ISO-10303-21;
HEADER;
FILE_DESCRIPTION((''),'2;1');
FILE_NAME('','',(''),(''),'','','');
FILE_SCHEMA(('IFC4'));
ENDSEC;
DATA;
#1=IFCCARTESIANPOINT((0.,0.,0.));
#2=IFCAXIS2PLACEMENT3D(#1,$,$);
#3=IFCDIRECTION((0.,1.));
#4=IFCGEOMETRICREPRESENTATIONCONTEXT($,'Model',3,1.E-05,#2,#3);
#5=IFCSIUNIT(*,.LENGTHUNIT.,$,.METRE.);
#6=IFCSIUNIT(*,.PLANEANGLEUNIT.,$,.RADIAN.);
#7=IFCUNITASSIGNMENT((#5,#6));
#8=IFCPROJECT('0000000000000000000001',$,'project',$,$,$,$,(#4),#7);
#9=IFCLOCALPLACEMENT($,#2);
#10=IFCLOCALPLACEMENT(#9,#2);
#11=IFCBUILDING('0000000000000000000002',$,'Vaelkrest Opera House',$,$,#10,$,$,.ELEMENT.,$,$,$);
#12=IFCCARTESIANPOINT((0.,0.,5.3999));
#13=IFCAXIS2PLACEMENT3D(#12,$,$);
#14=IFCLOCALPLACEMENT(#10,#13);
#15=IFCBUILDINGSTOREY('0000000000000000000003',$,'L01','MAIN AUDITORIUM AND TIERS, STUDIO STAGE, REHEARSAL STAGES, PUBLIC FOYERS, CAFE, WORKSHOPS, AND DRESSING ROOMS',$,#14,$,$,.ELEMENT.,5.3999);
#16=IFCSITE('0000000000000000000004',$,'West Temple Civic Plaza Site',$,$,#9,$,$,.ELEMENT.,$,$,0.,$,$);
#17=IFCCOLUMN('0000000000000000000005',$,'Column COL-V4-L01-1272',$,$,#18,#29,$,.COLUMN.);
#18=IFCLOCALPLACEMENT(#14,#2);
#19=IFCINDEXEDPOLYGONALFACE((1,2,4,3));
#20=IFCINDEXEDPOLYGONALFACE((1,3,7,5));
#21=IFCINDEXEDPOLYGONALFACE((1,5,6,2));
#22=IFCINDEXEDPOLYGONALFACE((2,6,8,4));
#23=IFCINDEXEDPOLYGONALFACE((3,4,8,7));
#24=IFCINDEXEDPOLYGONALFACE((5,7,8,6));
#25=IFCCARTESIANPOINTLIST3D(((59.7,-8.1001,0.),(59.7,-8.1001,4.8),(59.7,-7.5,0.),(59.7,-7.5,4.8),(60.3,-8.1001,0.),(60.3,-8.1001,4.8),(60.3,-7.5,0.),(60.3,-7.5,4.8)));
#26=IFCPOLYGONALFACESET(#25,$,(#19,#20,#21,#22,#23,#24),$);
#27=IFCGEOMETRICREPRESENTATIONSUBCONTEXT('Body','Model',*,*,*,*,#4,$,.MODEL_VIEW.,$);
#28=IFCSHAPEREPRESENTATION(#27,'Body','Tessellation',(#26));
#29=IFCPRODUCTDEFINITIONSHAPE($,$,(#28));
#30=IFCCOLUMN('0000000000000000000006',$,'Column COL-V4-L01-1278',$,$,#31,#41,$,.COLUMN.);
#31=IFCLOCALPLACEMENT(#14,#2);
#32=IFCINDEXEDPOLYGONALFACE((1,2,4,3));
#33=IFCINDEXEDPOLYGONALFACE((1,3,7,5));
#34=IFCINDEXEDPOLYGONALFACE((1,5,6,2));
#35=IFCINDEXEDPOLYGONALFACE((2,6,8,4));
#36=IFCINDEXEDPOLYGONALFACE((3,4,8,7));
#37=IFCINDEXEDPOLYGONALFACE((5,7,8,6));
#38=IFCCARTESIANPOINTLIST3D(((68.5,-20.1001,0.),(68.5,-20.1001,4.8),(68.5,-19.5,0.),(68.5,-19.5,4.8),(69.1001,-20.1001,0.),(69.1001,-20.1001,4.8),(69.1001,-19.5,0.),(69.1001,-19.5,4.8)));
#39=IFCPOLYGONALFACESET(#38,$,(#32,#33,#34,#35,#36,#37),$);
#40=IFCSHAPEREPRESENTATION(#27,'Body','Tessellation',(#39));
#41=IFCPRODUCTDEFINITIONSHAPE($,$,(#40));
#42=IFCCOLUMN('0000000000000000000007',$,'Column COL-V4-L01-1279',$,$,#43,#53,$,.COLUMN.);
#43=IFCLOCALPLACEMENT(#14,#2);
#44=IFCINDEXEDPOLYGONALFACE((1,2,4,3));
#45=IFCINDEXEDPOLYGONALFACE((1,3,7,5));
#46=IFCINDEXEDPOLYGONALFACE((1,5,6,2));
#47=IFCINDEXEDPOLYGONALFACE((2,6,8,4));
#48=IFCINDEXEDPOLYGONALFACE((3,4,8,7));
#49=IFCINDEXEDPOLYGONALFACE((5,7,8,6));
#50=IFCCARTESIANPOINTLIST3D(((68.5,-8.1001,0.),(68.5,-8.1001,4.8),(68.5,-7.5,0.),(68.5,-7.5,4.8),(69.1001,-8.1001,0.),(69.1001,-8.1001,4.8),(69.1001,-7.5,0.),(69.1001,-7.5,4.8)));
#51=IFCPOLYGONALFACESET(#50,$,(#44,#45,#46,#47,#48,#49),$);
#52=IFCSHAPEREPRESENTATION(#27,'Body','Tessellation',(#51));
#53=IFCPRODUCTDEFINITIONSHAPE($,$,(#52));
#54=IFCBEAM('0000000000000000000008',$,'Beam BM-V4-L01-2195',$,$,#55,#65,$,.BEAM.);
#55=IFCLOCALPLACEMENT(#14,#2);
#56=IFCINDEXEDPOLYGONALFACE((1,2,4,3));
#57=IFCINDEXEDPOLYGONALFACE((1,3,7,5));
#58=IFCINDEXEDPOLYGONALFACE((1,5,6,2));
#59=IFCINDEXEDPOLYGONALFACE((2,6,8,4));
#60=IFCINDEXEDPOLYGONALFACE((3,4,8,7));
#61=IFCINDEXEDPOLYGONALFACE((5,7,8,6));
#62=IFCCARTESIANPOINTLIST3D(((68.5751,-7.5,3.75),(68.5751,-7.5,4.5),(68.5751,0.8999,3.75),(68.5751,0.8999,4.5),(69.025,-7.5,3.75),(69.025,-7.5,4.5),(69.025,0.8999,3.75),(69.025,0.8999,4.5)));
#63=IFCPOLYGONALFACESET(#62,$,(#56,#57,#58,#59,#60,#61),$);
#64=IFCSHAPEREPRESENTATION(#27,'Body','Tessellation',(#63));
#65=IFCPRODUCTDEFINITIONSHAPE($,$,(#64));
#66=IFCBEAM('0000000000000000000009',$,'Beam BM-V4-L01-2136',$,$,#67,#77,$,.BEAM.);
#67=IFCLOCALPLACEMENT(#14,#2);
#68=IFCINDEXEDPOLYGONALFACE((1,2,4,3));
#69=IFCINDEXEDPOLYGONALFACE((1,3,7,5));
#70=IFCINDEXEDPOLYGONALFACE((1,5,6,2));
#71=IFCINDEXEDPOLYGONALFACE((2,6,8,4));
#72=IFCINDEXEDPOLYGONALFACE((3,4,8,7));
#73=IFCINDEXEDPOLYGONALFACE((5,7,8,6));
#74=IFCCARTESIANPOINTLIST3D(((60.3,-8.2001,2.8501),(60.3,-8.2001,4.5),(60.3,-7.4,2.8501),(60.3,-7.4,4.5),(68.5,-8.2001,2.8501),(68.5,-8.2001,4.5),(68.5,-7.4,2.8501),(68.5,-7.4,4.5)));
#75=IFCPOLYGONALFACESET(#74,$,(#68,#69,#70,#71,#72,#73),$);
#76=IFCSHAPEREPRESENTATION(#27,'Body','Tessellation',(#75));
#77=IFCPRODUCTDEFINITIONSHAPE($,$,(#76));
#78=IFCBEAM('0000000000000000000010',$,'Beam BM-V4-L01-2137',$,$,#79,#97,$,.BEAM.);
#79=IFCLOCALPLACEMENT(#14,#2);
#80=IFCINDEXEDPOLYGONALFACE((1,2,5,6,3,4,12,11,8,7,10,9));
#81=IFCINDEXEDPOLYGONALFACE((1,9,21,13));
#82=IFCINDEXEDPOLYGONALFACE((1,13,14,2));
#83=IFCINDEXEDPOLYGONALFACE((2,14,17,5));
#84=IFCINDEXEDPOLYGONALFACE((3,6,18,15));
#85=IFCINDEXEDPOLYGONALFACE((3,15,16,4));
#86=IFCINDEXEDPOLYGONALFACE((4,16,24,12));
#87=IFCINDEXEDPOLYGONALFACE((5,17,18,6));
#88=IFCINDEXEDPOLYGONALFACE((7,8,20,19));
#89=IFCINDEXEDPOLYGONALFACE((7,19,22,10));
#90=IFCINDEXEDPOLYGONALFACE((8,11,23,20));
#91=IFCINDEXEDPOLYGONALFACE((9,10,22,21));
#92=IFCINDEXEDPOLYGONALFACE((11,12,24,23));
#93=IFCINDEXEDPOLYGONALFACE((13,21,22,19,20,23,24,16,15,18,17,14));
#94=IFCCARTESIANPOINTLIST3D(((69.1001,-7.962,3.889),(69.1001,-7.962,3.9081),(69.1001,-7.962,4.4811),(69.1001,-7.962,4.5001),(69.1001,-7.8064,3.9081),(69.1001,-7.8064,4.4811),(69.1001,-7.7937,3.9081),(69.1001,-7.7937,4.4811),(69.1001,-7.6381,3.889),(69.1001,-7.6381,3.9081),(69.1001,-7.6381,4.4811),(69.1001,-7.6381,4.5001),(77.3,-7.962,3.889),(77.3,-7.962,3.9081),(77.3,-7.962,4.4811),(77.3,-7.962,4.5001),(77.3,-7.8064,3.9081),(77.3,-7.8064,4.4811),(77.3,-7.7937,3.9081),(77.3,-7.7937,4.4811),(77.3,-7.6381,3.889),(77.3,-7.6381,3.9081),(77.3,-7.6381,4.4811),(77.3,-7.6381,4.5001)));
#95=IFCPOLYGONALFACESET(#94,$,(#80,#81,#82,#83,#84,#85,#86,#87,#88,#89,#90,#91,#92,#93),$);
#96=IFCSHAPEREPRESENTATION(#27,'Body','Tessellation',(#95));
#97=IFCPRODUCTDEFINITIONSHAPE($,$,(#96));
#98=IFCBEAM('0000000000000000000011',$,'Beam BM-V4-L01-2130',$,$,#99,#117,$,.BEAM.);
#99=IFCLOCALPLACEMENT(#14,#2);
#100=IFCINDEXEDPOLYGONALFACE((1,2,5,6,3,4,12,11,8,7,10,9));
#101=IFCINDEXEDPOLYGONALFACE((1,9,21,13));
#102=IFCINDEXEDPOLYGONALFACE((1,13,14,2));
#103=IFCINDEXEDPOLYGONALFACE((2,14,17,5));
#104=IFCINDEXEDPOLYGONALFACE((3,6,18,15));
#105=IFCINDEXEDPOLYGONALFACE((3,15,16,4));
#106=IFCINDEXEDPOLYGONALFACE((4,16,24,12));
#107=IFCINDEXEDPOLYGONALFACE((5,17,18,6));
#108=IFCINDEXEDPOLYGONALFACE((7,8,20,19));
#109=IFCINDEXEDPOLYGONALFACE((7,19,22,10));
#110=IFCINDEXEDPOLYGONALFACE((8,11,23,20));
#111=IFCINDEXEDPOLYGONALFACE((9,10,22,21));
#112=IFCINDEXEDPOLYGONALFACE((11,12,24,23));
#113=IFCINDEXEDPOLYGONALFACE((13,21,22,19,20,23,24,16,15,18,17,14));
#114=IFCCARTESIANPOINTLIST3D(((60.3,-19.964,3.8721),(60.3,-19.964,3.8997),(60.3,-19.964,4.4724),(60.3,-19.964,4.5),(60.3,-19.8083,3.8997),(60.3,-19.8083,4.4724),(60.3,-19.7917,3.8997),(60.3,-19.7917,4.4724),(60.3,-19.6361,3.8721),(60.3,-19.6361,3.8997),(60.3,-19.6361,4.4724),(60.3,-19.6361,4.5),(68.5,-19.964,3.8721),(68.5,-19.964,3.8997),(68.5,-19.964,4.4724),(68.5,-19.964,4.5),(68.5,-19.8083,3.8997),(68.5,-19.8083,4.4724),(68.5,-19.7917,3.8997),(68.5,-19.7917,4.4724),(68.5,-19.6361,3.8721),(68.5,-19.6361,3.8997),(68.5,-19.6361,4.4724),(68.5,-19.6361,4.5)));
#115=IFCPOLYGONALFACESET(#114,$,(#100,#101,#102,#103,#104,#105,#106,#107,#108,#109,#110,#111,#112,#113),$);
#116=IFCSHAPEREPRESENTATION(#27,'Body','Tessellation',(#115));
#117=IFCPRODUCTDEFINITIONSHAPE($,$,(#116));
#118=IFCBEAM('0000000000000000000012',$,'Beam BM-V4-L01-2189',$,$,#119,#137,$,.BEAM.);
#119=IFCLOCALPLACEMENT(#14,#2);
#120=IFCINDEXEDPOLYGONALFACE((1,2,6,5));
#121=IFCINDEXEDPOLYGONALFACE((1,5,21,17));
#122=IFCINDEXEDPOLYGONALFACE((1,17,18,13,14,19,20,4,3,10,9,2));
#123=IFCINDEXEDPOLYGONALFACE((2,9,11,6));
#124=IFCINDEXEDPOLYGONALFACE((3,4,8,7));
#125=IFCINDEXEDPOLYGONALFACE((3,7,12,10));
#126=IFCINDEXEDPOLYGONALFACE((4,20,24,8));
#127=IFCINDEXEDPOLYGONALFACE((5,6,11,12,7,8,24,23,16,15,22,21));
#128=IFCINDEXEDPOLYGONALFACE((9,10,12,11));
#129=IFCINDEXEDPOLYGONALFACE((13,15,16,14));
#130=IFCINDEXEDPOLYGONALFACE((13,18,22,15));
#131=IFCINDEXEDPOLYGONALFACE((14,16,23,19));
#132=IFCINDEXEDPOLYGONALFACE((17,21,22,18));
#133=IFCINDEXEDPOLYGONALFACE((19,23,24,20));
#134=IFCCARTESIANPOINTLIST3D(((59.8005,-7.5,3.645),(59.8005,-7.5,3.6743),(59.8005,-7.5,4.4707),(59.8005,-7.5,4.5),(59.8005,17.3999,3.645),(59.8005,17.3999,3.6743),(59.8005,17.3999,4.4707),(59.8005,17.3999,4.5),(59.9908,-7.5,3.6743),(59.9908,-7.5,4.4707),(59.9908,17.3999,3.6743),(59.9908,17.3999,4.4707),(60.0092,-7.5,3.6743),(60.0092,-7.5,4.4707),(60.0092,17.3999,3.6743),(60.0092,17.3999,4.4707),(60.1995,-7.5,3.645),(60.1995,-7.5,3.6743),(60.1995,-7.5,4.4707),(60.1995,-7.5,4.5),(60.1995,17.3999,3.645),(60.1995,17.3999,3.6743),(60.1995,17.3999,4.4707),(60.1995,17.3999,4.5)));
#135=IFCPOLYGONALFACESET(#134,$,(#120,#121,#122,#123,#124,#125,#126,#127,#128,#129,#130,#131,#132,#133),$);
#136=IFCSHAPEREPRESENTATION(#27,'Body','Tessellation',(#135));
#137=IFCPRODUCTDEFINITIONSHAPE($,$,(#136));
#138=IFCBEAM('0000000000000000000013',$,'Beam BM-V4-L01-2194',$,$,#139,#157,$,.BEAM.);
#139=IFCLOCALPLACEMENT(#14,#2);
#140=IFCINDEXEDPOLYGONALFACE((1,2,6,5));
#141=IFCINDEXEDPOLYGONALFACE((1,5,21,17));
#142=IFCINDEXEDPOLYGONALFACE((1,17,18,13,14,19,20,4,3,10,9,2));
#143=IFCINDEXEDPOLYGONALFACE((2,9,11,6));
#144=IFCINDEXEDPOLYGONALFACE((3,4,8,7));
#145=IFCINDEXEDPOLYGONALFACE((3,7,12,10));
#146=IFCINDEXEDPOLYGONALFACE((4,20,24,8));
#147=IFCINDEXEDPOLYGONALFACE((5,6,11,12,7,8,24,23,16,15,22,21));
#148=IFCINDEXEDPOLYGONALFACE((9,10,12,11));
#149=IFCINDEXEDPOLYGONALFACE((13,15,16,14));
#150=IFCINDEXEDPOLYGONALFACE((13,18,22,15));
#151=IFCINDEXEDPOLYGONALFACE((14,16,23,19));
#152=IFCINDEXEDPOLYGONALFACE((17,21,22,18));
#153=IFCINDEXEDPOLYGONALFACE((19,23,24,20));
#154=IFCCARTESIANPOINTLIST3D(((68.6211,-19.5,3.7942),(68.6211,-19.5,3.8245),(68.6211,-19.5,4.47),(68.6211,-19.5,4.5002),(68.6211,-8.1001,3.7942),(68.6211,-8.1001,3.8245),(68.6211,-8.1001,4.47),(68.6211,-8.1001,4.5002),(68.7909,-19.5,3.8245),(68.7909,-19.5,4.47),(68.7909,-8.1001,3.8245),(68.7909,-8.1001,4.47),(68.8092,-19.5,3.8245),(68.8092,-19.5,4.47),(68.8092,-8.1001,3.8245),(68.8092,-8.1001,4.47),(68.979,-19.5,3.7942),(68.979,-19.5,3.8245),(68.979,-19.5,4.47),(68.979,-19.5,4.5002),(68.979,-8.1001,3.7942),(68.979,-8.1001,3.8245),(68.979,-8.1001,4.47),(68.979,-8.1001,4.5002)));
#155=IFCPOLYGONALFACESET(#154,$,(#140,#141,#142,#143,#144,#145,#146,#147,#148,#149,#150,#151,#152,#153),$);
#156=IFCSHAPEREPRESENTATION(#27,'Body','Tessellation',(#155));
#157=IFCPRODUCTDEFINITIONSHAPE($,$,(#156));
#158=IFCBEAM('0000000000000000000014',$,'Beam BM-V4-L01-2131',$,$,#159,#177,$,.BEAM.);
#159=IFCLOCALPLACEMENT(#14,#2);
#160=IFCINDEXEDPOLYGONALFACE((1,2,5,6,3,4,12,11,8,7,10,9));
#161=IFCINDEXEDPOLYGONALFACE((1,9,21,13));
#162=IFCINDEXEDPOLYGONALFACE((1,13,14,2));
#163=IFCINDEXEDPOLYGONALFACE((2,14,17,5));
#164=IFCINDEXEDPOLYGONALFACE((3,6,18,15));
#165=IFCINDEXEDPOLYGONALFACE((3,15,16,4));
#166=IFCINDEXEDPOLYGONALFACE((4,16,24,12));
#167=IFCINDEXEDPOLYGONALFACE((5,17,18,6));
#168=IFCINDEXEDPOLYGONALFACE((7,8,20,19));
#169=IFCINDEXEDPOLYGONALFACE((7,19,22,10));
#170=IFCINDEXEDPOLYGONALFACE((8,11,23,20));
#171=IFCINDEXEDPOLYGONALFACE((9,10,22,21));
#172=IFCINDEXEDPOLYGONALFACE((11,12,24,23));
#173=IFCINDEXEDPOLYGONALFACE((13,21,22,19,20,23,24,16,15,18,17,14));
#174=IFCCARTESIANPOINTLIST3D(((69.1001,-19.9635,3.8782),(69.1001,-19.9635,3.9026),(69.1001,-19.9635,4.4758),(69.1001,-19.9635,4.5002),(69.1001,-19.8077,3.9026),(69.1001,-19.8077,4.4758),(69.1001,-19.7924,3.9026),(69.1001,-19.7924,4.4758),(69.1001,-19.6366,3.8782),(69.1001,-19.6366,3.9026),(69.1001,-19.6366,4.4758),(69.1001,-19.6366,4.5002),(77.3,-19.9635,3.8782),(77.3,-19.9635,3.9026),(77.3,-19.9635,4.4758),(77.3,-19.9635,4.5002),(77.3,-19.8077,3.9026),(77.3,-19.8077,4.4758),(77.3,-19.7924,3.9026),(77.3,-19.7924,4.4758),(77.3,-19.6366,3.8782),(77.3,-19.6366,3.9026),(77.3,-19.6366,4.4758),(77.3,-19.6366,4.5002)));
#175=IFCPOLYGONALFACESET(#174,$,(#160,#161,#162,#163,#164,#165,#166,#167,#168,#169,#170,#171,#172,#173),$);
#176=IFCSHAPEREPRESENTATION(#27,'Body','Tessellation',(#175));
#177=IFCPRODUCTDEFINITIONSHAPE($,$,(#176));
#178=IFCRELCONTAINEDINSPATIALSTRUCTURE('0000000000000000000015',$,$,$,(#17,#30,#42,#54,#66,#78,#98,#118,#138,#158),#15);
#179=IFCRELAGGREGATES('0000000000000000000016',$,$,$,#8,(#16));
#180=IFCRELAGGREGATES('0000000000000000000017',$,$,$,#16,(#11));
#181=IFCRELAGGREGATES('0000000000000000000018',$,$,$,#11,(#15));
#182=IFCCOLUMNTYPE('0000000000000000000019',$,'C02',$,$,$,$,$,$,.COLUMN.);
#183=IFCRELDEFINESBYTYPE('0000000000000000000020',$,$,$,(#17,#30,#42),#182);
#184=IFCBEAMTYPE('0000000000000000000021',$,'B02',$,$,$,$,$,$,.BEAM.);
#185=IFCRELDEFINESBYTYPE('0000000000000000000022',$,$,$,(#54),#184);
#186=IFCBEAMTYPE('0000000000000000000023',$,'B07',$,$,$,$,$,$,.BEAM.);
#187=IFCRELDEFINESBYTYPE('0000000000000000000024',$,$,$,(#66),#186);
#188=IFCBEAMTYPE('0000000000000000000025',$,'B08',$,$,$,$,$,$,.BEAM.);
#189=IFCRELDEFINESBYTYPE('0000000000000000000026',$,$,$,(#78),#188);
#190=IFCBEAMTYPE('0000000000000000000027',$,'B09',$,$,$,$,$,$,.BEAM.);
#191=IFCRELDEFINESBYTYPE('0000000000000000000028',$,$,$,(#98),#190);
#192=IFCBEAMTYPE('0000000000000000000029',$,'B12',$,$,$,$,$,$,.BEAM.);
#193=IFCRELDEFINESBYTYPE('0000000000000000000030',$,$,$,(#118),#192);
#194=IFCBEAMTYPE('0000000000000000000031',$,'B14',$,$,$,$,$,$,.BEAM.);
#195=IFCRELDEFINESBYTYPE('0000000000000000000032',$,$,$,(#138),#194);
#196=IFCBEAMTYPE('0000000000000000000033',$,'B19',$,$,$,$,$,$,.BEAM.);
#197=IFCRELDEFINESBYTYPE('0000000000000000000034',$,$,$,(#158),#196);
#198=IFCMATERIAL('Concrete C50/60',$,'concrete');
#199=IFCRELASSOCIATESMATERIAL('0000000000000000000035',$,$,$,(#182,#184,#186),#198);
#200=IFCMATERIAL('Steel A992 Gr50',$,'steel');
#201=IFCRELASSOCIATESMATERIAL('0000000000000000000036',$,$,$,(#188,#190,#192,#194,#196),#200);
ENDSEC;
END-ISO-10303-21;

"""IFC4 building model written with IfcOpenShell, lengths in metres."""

from ifc_helpers import new_model, si_unit, direction, frame, origin, origin_2d, place, context, subcontext, project, spatial, rectangle, i_section, extrude, material, material_profile, profile_set, type_object, element, save


model = new_model("IFC4")

# Units and contexts
model_context = context("Model", 3, precision=1e-05, world=origin(), true_north=direction((0.0, 1.0)))
body_context = subcontext(model_context, "Body", "Model", "MODEL_VIEW")
ifc_project = project(units=[si_unit("LENGTHUNIT", "METRE"), si_unit("PLANEANGLEUNIT", "RADIAN")], contexts=[model_context])

# Site, building, storey
site_placement = place(None, origin())
site = spatial("IfcSite", under=ifc_project, at=site_placement, Name="West Temple Civic Plaza Site", CompositionType="ELEMENT", RefElevation=0.0)
building_placement = place(site_placement, origin())
building = spatial("IfcBuilding", under=site, at=building_placement, Name="Vaelkrest Opera House", CompositionType="ELEMENT")
storey_placement = place(building_placement, frame((0.0, 0.0, 5.3999)))
storey = spatial("IfcBuildingStorey", under=building, at=storey_placement, Name="L01", Description="MAIN AUDITORIUM AND TIERS, STUDIO STAGE, REHEARSAL STAGES, PUBLIC FOYERS, CAFE, WORKSHOPS, AND DRESSING ROOMS", CompositionType="ELEMENT", Elevation=5.3999)

# Columns
ifc_material_1 = material(Name="Concrete C50/60", Category="concrete")
ifc_material_profile_1 = material_profile(ifc_material_1, rectangle(XDim=0.6001, YDim=0.6001, at=origin_2d()), Name="RC600X600")
ifc_profile_set_1 = profile_set([ifc_material_profile_1], Name="Concrete C50/60")
column_type = type_object("IfcColumnType", Name="C02", PredefinedType="COLUMN", material=ifc_profile_set_1)
for number, where, z_axis, x_axis, name in (
    (1, (60.0, -7.8, 0.0), (0.0, 0.0, 1.0), (1.0, 0.0, 0.0), "Column COL-V4-L01-1272"),
    (2, (68.8, -19.8, 0.0), (0.0, 0.0, 1.0), (1.0, 0.0, 0.0), "Column COL-V4-L01-1278"),
    (3, (68.8, -7.8, 0.0), (0.0, 0.0, 1.0), (1.0, 0.0, 0.0), "Column COL-V4-L01-1279"),
):
    element("IfcColumn", number, at=place(storey_placement, frame(where, z_axis=z_axis, x_axis=x_axis)), inside=storey, type_object=column_type, Name=name, PredefinedType="COLUMN", context=body_context, shape_type="SweptSolid", body=[
        extrude(rectangle(XDim=0.6001, YDim=0.6001, at=origin_2d()), origin(), (0.0, 0.0, 1.0), 4.8),
    ])

# Beams
ifc_material_profile_2 = material_profile(ifc_material_1, rectangle(XDim=0.45, YDim=0.75, at=origin_2d()), Name="RCB450X750")
ifc_profile_set_2 = profile_set([ifc_material_profile_2], Name="Concrete C50/60")
beam_type_1 = type_object("IfcBeamType", Name="B02", PredefinedType="BEAM", material=ifc_profile_set_2)
beam_1_placement = place(storey_placement, frame((68.8, -7.5, 4.125), z_axis=(0.0, 1.0, 0.0), x_axis=(-1.0, 0.0, 0.0)))
element("IfcBeam", 4, at=beam_1_placement, inside=storey, type_object=beam_type_1, Name="Beam BM-V4-L01-2195", PredefinedType="BEAM", context=body_context, shape_type="SweptSolid", body=[
    extrude(rectangle(XDim=0.45, YDim=0.75, at=origin_2d()), origin(), (0.0, 0.0, 1.0), 8.3999),
])
ifc_material_profile_3 = material_profile(ifc_material_1, rectangle(XDim=0.8, YDim=1.6499, at=origin_2d()), Name="RCB800X1650")
ifc_profile_set_3 = profile_set([ifc_material_profile_3], Name="Concrete C50/60")
beam_type_2 = type_object("IfcBeamType", Name="B07", PredefinedType="BEAM", material=ifc_profile_set_3)
beam_2_placement = place(storey_placement, frame((60.3, -7.8, 3.675), z_axis=(1.0, 0.0, 0.0), x_axis=(0.0, 1.0, 0.0)))
element("IfcBeam", 5, at=beam_2_placement, inside=storey, type_object=beam_type_2, Name="Beam BM-V4-L01-2136", PredefinedType="BEAM", context=body_context, shape_type="SweptSolid", body=[
    extrude(rectangle(XDim=0.8, YDim=1.6499, at=origin_2d()), origin(), (0.0, 0.0, 1.0), 8.2),
])
ifc_material_2 = material(Name="Steel A992 Gr50", Category="steel")
ifc_material_profile_4 = material_profile(ifc_material_2, i_section(OverallWidth=0.324, OverallDepth=0.6111, WebThickness=0.0127, FlangeThickness=0.019, at=origin_2d()), Name="W24X104")
ifc_profile_set_4 = profile_set([ifc_material_profile_4], Name="Steel A992 Gr50")
beam_type_3 = type_object("IfcBeamType", Name="B08", PredefinedType="BEAM", material=ifc_profile_set_4)
beam_3_placement = place(storey_placement, frame((69.1001, -7.8, 4.1946), z_axis=(1.0, 0.0, 0.0), x_axis=(0.0, 1.0, 0.0)))
element("IfcBeam", 6, at=beam_3_placement, inside=storey, type_object=beam_type_3, Name="Beam BM-V4-L01-2137", PredefinedType="BEAM", context=body_context, shape_type="SweptSolid", body=[
    extrude(i_section(OverallWidth=0.324, OverallDepth=0.6111, WebThickness=0.0127, FlangeThickness=0.019, at=origin_2d()), origin(), (0.0, 0.0, 1.0), 8.2),
])
ifc_material_profile_5 = material_profile(ifc_material_2, i_section(OverallWidth=0.3279, OverallDepth=0.6279, WebThickness=0.0166, FlangeThickness=0.0276, at=origin_2d()), Name="W24X146")
ifc_profile_set_5 = profile_set([ifc_material_profile_5], Name="Steel A992 Gr50")
beam_type_4 = type_object("IfcBeamType", Name="B09", PredefinedType="BEAM", material=ifc_profile_set_5)
beam_4_placement = place(storey_placement, frame((60.3, -19.8, 4.186), z_axis=(1.0, 0.0, 0.0), x_axis=(0.0, 1.0, 0.0)))
element("IfcBeam", 7, at=beam_4_placement, inside=storey, type_object=beam_type_4, Name="Beam BM-V4-L01-2130", PredefinedType="BEAM", context=body_context, shape_type="SweptSolid", body=[
    extrude(i_section(OverallWidth=0.3279, OverallDepth=0.6279, WebThickness=0.0166, FlangeThickness=0.0276, at=origin_2d()), origin(), (0.0, 0.0, 1.0), 8.2),
])
ifc_material_profile_6 = material_profile(ifc_material_2, i_section(OverallWidth=0.3989, OverallDepth=0.855, WebThickness=0.0183, FlangeThickness=0.0293, at=origin_2d()), Name="W33X201")
ifc_profile_set_6 = profile_set([ifc_material_profile_6], Name="Steel A992 Gr50")
beam_type_5 = type_object("IfcBeamType", Name="B12", PredefinedType="BEAM", material=ifc_profile_set_6)
beam_5_placement = place(storey_placement, frame((60.0, -7.5, 4.0725), z_axis=(0.0, 1.0, 0.0), x_axis=(-1.0, 0.0, 0.0)))
element("IfcBeam", 8, at=beam_5_placement, inside=storey, type_object=beam_type_5, Name="Beam BM-V4-L01-2189", PredefinedType="BEAM", context=body_context, shape_type="SweptSolid", body=[
    extrude(i_section(OverallWidth=0.3989, OverallDepth=0.855, WebThickness=0.0183, FlangeThickness=0.0293, at=origin_2d()), origin(), (0.0, 0.0, 1.0), 24.8999),
])
ifc_material_profile_7 = material_profile(ifc_material_2, i_section(OverallWidth=0.3579, OverallDepth=0.7061, WebThickness=0.0183, FlangeThickness=0.0303, at=origin_2d()), Name="W27X178")
ifc_profile_set_7 = profile_set([ifc_material_profile_7], Name="Steel A992 Gr50")
beam_type_6 = type_object("IfcBeamType", Name="B14", PredefinedType="BEAM", material=ifc_profile_set_7)
beam_6_placement = place(storey_placement, frame((68.8, -19.5, 4.1472), z_axis=(0.0, 1.0, 0.0), x_axis=(-1.0, 0.0, 0.0)))
element("IfcBeam", 9, at=beam_6_placement, inside=storey, type_object=beam_type_6, Name="Beam BM-V4-L01-2194", PredefinedType="BEAM", context=body_context, shape_type="SweptSolid", body=[
    extrude(i_section(OverallWidth=0.3579, OverallDepth=0.7061, WebThickness=0.0183, FlangeThickness=0.0303, at=origin_2d()), origin(), (0.0, 0.0, 1.0), 11.3999),
])
ifc_material_profile_8 = material_profile(ifc_material_2, i_section(OverallWidth=0.3269, OverallDepth=0.6221, WebThickness=0.0154, FlangeThickness=0.0244, at=origin_2d()), Name="W24X131")
ifc_profile_set_8 = profile_set([ifc_material_profile_8], Name="Steel A992 Gr50")
beam_type_7 = type_object("IfcBeamType", Name="B19", PredefinedType="BEAM", material=ifc_profile_set_8)
beam_7_placement = place(storey_placement, frame((69.1001, -19.8, 4.1892), z_axis=(1.0, 0.0, 0.0), x_axis=(0.0, 1.0, 0.0)))
element("IfcBeam", 10, at=beam_7_placement, inside=storey, type_object=beam_type_7, Name="Beam BM-V4-L01-2131", PredefinedType="BEAM", context=body_context, shape_type="SweptSolid", body=[
    extrude(i_section(OverallWidth=0.3269, OverallDepth=0.6221, WebThickness=0.0154, FlangeThickness=0.0244, at=origin_2d()), origin(), (0.0, 0.0, 1.0), 8.2),
])

save(model, "model.ifc")
